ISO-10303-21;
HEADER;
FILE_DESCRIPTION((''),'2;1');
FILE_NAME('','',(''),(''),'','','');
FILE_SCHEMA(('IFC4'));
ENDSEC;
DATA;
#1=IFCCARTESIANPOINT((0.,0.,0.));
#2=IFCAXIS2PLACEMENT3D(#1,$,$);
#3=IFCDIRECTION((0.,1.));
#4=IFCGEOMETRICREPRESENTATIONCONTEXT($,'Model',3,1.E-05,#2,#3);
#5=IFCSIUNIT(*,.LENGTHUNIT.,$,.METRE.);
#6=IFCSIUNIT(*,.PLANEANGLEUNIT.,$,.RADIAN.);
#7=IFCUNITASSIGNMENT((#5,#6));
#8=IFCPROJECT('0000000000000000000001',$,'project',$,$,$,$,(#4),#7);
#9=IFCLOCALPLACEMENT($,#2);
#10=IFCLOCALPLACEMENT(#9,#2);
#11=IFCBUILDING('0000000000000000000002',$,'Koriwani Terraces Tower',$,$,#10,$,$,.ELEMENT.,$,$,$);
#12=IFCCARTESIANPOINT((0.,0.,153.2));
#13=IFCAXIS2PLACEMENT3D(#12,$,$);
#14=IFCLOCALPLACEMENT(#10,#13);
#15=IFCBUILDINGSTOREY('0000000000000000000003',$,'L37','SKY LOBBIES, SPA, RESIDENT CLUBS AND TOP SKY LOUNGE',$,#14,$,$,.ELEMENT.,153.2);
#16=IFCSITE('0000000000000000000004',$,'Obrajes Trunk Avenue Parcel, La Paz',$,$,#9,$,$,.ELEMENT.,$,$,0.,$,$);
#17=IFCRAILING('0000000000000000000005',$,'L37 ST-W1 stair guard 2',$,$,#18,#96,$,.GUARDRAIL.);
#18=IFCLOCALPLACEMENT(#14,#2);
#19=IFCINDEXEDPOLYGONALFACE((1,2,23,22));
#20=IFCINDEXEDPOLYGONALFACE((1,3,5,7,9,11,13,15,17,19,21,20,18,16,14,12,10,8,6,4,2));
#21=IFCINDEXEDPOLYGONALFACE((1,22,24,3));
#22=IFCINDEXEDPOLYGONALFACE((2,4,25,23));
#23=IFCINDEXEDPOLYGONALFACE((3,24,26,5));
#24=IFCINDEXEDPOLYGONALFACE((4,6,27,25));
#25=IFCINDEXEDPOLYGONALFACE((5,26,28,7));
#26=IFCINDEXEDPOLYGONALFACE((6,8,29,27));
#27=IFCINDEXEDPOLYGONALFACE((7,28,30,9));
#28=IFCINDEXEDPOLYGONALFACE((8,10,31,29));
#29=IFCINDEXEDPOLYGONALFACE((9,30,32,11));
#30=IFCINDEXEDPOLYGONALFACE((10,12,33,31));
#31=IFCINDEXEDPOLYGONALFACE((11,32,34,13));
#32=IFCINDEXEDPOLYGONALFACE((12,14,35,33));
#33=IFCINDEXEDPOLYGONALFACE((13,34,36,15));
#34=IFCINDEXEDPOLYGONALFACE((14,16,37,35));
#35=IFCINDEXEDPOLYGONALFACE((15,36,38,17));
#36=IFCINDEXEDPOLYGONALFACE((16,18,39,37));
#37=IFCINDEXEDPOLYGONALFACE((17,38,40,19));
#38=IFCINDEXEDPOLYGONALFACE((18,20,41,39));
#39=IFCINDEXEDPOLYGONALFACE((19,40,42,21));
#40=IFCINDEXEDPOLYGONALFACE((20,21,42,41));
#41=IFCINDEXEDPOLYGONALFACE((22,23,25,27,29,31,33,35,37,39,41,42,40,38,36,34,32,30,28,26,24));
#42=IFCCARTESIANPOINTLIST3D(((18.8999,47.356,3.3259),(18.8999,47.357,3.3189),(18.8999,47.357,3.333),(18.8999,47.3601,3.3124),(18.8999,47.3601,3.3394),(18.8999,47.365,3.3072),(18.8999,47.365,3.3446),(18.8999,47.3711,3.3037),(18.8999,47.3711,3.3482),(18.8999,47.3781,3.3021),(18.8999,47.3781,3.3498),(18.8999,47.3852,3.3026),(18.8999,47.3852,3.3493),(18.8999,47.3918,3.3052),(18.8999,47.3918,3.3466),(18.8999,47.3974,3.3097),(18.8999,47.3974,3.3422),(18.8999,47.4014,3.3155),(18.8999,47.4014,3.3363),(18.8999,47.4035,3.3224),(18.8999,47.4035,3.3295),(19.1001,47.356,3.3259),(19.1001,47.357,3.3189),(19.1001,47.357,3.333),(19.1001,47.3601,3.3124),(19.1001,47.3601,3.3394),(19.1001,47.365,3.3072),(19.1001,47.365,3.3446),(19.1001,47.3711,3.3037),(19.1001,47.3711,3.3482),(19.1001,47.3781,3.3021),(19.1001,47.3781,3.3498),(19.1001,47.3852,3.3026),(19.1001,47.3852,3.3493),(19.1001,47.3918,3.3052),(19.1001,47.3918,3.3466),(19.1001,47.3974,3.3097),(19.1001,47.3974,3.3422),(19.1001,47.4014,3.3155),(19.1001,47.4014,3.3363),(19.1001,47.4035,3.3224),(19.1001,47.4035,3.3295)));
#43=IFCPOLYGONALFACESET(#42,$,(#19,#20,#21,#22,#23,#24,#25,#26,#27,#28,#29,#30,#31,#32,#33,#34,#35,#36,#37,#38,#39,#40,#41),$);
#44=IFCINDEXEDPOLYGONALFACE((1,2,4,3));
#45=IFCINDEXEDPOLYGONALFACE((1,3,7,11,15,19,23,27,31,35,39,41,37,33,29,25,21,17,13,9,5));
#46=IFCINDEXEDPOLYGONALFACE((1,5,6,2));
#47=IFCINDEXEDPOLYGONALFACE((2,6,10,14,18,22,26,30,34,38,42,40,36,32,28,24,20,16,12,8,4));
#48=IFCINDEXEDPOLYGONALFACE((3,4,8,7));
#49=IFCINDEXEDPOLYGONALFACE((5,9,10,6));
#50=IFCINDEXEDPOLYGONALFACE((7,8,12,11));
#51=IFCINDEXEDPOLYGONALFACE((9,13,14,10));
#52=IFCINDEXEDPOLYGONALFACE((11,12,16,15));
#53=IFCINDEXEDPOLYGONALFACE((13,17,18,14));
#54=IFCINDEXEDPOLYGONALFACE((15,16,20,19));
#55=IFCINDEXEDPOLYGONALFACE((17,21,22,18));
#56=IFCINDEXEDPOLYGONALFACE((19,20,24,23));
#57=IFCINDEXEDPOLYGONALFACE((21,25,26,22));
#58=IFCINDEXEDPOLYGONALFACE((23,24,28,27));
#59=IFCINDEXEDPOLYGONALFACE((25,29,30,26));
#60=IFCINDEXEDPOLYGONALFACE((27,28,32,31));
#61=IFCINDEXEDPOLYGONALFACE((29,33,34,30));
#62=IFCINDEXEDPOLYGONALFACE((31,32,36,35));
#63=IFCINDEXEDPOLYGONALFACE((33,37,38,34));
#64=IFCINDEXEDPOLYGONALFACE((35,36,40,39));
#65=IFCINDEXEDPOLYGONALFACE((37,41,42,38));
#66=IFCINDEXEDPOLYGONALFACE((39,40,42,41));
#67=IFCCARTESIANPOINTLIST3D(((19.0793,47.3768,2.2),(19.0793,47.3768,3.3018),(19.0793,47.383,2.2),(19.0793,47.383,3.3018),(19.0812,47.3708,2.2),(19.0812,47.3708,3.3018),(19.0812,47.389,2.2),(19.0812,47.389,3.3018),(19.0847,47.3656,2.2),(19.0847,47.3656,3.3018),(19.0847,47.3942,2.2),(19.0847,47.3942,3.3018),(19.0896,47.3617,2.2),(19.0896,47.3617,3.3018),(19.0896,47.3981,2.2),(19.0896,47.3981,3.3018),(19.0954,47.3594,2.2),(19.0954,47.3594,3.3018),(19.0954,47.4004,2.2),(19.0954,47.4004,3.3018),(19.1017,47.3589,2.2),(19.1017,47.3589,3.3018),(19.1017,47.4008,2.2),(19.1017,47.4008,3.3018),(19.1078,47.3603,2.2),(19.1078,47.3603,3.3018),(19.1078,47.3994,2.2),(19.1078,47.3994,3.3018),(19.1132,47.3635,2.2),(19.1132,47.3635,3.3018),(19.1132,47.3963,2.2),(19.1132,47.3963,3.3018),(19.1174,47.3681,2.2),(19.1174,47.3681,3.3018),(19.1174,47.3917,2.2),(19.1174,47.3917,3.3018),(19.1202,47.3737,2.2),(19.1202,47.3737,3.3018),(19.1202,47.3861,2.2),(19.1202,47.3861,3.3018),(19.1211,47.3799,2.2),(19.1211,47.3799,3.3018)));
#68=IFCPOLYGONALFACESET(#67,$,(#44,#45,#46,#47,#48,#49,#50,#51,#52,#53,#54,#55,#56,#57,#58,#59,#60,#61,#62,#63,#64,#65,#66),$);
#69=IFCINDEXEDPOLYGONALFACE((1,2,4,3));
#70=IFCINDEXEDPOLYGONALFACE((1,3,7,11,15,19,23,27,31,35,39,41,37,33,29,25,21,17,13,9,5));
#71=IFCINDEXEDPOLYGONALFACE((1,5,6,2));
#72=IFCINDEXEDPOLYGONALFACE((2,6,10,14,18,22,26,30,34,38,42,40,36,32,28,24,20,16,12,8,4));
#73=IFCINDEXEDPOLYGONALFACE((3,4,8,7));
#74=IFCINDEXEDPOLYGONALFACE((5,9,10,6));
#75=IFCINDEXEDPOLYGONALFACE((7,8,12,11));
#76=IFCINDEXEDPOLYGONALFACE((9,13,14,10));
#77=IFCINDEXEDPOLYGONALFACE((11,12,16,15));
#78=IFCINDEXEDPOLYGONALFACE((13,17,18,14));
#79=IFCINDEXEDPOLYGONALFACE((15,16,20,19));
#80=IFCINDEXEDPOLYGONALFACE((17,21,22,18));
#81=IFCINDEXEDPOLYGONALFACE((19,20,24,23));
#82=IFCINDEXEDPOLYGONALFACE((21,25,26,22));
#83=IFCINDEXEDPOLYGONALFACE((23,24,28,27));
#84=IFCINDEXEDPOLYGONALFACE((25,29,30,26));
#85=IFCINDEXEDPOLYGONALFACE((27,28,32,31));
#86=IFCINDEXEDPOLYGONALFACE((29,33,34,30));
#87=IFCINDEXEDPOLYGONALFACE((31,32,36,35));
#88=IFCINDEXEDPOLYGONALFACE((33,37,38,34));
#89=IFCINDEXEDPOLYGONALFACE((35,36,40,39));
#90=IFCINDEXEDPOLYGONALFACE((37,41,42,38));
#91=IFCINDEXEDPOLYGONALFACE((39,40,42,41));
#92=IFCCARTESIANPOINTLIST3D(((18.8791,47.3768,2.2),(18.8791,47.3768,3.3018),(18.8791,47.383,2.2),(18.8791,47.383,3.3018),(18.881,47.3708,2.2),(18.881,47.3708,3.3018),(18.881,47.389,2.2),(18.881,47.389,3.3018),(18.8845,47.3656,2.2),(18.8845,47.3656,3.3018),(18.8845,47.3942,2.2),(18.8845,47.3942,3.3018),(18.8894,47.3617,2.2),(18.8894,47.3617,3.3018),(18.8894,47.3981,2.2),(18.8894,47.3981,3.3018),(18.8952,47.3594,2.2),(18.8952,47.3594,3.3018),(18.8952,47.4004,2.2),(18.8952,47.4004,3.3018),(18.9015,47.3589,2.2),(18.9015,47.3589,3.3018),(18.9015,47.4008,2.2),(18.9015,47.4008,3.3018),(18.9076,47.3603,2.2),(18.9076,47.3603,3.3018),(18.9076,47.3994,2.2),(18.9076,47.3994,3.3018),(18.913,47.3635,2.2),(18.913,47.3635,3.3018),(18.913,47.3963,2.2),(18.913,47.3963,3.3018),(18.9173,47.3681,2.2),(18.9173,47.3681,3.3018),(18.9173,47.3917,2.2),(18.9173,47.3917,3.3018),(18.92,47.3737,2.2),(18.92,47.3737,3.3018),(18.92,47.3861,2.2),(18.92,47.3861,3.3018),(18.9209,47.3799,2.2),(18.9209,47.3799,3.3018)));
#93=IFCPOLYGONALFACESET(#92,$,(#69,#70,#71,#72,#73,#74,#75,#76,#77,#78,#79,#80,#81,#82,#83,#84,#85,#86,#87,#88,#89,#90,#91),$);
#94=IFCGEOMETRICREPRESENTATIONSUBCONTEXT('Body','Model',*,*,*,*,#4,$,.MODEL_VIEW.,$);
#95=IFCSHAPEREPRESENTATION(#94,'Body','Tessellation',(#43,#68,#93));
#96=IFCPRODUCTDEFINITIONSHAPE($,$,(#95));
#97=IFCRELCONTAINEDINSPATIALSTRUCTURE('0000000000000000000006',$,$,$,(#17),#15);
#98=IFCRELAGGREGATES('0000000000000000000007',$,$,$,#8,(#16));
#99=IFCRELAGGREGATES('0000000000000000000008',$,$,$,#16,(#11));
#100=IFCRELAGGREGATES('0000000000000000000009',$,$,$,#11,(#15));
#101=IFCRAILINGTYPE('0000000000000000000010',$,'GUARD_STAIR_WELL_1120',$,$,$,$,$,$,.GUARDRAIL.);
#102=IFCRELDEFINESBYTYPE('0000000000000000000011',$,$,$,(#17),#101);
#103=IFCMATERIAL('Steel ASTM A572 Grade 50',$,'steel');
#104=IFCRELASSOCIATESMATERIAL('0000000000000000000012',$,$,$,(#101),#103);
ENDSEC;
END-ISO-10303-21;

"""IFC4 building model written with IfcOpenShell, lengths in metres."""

from ifc_helpers import new_model, si_unit, direction, frame, origin, origin_2d, place, context, subcontext, project, spatial, circle, extrude, material, type_object, element, save


model = new_model("IFC4")

# Units and contexts
model_context = context("Model", 3, precision=1e-05, world=origin(), true_north=direction((0.0, 1.0)))
body_context = subcontext(model_context, "Body", "Model", "MODEL_VIEW")
ifc_project = project(units=[si_unit("LENGTHUNIT", "METRE"), si_unit("PLANEANGLEUNIT", "RADIAN")], contexts=[model_context])

# Site, building, storey
site_placement = place(None, origin())
site = spatial("IfcSite", under=ifc_project, at=site_placement, Name="Obrajes Trunk Avenue Parcel, La Paz", CompositionType="ELEMENT", RefElevation=0.0)
building_placement = place(site_placement, origin())
building = spatial("IfcBuilding", under=site, at=building_placement, Name="Koriwani Terraces Tower", CompositionType="ELEMENT")
storey_placement = place(building_placement, frame((0.0, 0.0, 153.2)))
storey = spatial("IfcBuildingStorey", under=building, at=storey_placement, Name="L37", Description="SKY LOBBIES, SPA, RESIDENT CLUBS AND TOP SKY LOUNGE", CompositionType="ELEMENT", Elevation=153.2)

# Shared definitions
ifc_material_1 = material(Name="Steel ASTM A572 Grade 50", Category="steel")

# Railing
railing_type_1 = type_object("IfcRailingType", Name="GUARD_STAIR_WELL_1120", PredefinedType="GUARDRAIL", material=ifc_material_1)
railing_1_placement = place(storey_placement, frame((19.1001, 47.3799, 2.2)))
element("IfcRailing", 1, at=railing_1_placement, inside=storey, type_object=railing_type_1, Name="L37 ST-W1 stair guard 2", PredefinedType="GUARDRAIL", context=body_context, shape_type="SweptSolid", body=[
    extrude(circle(Radius=0.0239, at=origin_2d()), frame((0.0, 0.0, 1.126), z_axis=(-1.0, 0.0, 0.0), x_axis=(0.0, -1.0, 0.0)), (0.0, 0.0, 1.0), 0.2002),
    extrude(circle(Radius=0.021, at=origin_2d()), origin(), (0.0, 0.0, 1.0), 1.1018),
    extrude(circle(Radius=0.021, at=origin_2d()), frame((-0.2002, 0.0, 0.0)), (0.0, 0.0, 1.0), 1.1018),
])

save(model, "model.ifc")
